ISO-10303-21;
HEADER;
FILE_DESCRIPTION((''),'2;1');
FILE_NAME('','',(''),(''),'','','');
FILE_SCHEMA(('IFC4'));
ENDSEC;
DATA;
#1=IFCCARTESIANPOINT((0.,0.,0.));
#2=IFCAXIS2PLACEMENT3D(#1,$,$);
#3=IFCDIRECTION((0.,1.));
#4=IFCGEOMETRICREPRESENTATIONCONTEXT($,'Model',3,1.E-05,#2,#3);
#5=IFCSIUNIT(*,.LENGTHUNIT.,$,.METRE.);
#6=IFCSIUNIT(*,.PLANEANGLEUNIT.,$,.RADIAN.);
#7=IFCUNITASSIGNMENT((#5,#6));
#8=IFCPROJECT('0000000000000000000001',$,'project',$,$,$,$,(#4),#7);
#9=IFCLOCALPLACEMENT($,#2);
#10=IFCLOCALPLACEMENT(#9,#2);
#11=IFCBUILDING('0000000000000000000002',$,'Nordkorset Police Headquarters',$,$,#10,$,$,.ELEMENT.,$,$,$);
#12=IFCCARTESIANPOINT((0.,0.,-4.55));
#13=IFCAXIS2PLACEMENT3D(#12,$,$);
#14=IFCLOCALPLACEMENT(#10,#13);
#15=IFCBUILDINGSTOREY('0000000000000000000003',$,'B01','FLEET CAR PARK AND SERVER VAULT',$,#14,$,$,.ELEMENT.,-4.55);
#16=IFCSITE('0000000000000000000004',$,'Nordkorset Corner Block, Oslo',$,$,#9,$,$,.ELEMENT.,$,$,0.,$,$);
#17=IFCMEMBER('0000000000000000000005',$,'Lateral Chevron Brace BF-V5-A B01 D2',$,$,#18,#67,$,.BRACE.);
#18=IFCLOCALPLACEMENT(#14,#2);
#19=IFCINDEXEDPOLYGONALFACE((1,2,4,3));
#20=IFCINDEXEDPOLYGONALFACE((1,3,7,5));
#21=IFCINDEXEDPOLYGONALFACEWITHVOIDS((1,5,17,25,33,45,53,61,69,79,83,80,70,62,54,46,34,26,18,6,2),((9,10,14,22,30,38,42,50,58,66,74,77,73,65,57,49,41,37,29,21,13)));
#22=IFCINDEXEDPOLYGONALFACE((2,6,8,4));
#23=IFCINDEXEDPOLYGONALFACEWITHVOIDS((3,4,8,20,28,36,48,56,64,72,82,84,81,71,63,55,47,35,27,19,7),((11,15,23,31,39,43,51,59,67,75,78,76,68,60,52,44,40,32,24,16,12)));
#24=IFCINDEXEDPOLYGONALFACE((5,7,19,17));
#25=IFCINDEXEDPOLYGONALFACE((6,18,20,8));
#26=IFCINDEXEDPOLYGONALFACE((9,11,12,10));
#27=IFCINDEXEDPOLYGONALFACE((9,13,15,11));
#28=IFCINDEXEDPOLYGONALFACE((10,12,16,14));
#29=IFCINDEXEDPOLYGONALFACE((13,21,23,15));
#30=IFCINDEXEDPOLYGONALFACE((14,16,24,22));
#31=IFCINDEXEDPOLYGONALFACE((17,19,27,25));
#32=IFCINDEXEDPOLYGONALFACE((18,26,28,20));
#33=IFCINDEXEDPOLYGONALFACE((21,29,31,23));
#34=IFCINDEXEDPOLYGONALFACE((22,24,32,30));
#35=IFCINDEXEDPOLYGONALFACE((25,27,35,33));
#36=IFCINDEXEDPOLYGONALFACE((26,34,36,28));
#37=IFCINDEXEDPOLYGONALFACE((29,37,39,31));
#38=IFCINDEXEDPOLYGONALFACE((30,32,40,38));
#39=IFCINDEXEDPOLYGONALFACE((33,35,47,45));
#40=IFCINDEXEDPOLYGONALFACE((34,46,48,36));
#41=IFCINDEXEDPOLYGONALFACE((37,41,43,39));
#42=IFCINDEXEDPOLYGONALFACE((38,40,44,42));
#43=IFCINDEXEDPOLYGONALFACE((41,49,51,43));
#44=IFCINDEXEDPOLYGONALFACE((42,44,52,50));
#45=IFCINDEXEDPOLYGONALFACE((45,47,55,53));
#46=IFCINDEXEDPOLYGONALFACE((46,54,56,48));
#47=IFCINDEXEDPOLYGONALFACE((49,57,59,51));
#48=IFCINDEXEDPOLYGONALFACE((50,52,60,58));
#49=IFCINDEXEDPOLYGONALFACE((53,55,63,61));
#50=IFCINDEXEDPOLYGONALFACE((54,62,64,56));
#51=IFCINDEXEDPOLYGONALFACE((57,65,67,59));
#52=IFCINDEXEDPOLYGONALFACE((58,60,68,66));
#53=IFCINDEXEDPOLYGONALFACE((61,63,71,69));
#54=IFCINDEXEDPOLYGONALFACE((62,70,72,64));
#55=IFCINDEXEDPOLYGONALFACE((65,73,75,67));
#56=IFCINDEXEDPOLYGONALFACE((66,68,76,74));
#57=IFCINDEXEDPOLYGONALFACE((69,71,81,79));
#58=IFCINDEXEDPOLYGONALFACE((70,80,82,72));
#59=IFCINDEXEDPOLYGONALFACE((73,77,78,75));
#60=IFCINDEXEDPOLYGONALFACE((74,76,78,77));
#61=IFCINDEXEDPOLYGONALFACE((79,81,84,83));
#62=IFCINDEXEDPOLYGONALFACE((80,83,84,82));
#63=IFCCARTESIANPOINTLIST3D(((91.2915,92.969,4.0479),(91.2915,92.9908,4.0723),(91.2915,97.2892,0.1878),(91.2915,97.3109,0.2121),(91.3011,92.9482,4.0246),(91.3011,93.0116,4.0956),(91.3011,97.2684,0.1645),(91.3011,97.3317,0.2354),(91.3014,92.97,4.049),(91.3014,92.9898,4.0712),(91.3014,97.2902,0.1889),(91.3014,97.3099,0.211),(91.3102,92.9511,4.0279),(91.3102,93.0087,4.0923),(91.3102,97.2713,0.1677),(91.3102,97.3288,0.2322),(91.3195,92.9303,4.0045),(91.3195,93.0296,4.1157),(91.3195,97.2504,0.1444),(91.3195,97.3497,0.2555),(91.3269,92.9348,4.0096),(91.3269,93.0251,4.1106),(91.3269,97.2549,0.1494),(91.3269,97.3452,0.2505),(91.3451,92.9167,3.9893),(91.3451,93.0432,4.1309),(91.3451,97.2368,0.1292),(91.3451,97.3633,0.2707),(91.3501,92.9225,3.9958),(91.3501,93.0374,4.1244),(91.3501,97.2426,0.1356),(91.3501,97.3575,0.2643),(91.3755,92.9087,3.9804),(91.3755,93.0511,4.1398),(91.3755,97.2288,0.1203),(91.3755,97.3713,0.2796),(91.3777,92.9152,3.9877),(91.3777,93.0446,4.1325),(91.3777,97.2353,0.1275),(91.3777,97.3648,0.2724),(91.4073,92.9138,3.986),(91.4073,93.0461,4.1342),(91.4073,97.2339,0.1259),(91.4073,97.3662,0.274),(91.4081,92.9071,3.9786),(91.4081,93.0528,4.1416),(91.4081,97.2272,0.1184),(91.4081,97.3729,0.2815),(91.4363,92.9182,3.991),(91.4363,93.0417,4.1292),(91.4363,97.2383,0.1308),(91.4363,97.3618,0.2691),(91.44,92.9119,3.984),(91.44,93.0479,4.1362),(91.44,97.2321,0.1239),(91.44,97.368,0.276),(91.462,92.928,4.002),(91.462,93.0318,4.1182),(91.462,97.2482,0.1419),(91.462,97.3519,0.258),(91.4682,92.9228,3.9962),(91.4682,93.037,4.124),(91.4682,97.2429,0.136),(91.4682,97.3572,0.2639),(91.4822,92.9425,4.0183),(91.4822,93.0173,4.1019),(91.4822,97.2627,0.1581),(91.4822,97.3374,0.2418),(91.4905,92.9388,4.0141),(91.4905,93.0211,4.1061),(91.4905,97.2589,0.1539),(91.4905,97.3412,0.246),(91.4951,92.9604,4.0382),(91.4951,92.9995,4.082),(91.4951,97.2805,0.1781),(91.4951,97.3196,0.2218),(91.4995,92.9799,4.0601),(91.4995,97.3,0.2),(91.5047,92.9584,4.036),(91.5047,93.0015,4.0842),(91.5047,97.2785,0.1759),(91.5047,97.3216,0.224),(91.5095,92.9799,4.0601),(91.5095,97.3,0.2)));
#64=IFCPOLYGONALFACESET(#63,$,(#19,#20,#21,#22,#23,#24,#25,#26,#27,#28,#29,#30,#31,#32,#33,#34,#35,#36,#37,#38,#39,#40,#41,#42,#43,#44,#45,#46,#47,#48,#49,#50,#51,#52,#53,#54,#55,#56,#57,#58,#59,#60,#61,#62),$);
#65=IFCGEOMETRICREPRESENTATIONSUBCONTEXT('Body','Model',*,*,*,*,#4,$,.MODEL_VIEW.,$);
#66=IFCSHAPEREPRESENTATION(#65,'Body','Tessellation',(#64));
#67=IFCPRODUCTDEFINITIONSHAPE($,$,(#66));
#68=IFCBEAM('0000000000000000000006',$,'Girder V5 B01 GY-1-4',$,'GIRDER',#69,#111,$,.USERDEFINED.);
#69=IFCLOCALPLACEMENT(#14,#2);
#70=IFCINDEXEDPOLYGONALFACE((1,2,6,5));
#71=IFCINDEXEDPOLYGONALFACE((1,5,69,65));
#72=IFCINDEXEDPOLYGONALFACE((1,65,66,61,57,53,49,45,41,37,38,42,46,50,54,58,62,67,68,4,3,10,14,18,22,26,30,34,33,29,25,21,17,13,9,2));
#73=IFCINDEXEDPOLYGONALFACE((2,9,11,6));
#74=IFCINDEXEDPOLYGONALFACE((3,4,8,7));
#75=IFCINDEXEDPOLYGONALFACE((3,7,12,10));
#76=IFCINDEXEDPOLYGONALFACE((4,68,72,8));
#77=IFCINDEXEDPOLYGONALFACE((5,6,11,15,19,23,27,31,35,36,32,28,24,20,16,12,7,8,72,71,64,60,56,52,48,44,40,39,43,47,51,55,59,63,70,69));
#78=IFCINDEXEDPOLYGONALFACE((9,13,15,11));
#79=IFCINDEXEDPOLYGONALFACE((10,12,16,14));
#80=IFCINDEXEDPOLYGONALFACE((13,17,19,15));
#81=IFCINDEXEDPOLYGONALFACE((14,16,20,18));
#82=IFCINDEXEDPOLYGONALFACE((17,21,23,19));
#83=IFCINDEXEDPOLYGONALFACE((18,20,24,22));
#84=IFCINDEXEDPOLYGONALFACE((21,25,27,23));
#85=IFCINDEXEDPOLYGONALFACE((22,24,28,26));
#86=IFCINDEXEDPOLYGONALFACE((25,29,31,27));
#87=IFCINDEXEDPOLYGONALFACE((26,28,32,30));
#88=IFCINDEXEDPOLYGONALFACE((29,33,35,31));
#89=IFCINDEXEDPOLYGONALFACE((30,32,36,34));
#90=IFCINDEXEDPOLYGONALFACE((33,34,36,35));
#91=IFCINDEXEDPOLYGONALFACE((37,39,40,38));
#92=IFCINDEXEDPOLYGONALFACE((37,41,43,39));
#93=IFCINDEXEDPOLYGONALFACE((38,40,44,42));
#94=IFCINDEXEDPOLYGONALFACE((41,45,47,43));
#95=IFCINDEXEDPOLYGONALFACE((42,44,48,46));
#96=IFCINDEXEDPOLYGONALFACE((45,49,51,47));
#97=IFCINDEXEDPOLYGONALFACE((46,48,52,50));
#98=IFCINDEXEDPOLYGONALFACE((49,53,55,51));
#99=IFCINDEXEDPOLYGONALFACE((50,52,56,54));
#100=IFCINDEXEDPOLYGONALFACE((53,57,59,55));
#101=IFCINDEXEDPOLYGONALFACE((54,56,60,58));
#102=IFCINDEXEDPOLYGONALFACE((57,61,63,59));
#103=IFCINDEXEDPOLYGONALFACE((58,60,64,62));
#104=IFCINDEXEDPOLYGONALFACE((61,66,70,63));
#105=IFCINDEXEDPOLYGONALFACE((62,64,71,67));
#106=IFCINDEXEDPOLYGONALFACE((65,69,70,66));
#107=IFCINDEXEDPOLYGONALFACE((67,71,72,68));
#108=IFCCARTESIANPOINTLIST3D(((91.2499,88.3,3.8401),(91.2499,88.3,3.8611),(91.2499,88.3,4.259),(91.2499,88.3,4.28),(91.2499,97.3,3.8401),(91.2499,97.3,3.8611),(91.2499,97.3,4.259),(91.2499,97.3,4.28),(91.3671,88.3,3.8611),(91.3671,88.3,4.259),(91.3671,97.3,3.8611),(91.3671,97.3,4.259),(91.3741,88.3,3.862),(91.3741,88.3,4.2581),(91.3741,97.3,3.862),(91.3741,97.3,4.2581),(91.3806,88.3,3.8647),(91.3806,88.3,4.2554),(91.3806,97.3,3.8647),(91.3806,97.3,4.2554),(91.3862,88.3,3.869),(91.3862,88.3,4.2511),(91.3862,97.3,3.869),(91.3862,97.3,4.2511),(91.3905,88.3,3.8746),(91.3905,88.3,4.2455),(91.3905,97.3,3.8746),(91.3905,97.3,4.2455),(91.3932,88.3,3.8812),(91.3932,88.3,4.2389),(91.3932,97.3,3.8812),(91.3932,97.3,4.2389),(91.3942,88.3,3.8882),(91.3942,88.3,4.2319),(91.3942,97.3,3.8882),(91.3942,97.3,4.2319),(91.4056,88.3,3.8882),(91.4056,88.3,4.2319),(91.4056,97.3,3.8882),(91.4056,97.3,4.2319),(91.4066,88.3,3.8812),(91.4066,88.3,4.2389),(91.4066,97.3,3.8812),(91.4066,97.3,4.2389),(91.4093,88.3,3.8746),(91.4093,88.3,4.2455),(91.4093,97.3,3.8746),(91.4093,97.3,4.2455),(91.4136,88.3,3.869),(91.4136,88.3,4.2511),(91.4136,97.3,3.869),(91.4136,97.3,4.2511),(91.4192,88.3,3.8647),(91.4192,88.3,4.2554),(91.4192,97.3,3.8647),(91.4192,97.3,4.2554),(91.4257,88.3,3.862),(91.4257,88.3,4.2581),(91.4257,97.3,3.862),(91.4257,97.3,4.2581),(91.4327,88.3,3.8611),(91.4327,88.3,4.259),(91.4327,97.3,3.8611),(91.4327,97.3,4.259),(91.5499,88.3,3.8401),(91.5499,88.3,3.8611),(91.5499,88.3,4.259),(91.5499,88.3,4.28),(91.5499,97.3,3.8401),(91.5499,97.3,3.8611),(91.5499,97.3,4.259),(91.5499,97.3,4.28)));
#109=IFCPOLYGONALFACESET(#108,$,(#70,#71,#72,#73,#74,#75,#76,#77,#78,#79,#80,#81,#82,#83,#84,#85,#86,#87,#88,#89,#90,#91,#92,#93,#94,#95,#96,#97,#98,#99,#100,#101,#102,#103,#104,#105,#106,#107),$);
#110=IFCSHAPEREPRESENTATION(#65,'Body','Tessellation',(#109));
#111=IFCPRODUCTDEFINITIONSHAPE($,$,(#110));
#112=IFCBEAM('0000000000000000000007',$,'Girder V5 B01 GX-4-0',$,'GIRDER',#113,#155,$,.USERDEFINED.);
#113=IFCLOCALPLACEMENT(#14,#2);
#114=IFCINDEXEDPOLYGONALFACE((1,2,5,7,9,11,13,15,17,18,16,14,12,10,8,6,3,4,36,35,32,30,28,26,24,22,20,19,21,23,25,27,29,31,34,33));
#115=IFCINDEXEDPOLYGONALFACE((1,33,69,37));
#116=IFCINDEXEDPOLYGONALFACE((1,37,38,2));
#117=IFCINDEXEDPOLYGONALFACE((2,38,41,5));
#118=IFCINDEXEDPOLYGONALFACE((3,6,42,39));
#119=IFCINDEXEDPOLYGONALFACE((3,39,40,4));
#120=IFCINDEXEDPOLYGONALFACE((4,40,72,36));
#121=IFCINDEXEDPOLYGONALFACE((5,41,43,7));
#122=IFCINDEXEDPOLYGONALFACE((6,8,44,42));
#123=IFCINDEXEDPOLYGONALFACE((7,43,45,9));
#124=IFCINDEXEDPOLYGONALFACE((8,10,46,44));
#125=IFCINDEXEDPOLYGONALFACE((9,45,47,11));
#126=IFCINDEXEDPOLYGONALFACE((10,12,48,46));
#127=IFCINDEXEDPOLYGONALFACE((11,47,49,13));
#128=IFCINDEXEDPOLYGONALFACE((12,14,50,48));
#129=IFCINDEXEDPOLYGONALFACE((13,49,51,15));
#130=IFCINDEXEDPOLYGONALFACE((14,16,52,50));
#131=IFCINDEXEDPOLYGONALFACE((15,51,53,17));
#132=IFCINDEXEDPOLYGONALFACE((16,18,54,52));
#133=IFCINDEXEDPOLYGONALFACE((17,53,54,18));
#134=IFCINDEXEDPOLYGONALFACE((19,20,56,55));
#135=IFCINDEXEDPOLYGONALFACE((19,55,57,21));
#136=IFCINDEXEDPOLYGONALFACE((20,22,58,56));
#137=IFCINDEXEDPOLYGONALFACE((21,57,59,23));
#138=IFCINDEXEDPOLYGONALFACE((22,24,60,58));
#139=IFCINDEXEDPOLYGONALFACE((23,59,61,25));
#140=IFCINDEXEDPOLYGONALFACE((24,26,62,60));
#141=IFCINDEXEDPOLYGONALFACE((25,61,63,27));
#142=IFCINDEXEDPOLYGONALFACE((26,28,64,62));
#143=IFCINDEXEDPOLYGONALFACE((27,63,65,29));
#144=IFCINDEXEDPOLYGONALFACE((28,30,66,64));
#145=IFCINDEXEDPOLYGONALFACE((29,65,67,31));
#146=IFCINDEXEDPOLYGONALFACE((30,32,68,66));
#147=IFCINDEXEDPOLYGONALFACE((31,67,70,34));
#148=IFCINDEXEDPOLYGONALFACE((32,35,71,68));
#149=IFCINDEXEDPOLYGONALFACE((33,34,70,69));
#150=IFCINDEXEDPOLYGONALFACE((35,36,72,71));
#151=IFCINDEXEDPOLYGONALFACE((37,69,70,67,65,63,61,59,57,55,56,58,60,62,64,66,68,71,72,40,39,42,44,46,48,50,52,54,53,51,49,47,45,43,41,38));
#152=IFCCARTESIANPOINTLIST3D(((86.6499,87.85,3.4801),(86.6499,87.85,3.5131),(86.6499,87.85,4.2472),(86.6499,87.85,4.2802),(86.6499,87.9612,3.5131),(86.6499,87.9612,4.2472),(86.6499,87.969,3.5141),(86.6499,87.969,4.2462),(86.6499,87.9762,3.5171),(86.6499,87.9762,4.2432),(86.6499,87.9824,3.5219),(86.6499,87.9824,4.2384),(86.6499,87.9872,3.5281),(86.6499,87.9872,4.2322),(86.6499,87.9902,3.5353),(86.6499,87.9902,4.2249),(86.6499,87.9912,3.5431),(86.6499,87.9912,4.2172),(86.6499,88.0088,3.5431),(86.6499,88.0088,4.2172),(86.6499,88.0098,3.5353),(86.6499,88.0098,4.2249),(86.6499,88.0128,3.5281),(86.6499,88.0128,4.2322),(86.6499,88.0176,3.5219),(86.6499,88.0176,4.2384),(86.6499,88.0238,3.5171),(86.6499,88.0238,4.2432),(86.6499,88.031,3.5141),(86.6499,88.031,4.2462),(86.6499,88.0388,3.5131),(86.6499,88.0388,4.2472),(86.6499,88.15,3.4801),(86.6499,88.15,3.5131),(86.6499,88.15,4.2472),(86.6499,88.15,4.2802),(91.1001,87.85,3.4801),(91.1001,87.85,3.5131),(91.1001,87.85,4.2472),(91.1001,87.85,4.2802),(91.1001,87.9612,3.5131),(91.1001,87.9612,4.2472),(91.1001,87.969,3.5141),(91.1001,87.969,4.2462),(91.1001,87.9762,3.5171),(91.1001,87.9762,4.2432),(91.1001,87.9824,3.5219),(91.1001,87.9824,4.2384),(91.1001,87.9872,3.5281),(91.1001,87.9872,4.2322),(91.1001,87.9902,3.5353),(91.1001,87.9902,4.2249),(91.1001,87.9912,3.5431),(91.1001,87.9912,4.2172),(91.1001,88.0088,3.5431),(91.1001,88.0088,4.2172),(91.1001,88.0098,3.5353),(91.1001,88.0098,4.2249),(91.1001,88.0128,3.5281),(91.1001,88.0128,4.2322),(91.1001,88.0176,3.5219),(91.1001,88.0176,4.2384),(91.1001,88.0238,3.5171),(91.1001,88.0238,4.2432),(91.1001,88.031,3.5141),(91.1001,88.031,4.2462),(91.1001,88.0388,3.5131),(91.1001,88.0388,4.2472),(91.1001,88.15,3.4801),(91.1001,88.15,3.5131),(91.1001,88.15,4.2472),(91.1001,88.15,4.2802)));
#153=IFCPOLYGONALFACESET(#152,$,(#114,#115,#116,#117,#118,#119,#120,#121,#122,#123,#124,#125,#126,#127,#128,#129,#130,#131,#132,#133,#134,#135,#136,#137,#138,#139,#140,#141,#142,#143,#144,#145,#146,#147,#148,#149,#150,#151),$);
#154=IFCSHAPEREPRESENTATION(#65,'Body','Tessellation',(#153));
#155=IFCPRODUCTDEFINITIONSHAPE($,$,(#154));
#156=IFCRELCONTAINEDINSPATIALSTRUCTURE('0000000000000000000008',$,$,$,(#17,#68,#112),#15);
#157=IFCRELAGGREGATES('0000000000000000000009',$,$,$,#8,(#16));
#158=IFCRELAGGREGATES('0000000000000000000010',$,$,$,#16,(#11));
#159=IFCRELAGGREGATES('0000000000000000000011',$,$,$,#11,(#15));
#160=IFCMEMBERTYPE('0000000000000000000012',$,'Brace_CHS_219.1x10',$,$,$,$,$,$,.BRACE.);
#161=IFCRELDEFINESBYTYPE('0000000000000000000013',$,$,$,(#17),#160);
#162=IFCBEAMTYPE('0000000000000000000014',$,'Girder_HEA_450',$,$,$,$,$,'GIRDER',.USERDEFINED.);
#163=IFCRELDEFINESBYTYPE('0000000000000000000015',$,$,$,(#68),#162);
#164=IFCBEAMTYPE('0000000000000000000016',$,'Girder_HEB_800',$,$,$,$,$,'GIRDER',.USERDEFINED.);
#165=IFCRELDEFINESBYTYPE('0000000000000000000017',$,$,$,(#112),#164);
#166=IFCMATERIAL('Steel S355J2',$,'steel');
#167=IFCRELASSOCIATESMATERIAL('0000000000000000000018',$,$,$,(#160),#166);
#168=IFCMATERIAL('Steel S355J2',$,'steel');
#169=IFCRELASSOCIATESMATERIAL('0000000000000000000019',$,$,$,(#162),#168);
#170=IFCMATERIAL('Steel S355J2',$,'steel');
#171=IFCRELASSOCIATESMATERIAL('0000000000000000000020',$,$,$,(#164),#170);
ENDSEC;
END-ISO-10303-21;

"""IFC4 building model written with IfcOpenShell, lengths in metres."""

from ifc_helpers import new_model, si_unit, direction, frame, origin, origin_2d, place, context, subcontext, project, spatial, hollow_circle, i_section, extrude, material, material_profile, profile_set, type_object, element, save


model = new_model("IFC4")

# Units and contexts
model_context = context("Model", 3, precision=1e-05, world=origin(), true_north=direction((0.0, 1.0)))
body_context = subcontext(model_context, "Body", "Model", "MODEL_VIEW")
ifc_project = project(units=[si_unit("LENGTHUNIT", "METRE"), si_unit("PLANEANGLEUNIT", "RADIAN")], contexts=[model_context])

# Site, building, storey
site_placement = place(None, origin())
site = spatial("IfcSite", under=ifc_project, at=site_placement, Name="Nordkorset Corner Block, Oslo", CompositionType="ELEMENT", RefElevation=0.0)
building_placement = place(site_placement, origin())
building = spatial("IfcBuilding", under=site, at=building_placement, Name="Nordkorset Police Headquarters", CompositionType="ELEMENT")
storey_placement = place(building_placement, frame((0.0, 0.0, -4.55)))
storey = spatial("IfcBuildingStorey", under=building, at=storey_placement, Name="B01", Description="FLEET CAR PARK AND SERVER VAULT", CompositionType="ELEMENT", Elevation=-4.55)

# Member
ifc_material_1 = material(Name="Steel S355J2", Category="steel")
ifc_material_profile_1 = material_profile(ifc_material_1, hollow_circle(Radius=0.1096, WallThickness=0.01, at=origin_2d()), Name="CHS 219.1x10")
ifc_profile_set_1 = profile_set([ifc_material_profile_1], Name="Steel S355J2")
member_type = type_object("IfcMemberType", Name="Brace_CHS_219.1x10", PredefinedType="BRACE", material=ifc_profile_set_1)
for number, where, z_axis, x_axis, name in (
    (1, (91.3999, 97.3, 0.2), (0.0, -0.745689, 0.666295), (1.0, 0.0, 0.0), "Lateral Chevron Brace BF-V5-A B01 D2"),
):
    element("IfcMember", number, at=place(storey_placement, frame(where, z_axis=z_axis, x_axis=x_axis)), inside=storey, type_object=member_type, Name=name, PredefinedType="BRACE", context=body_context, shape_type="SweptSolid", body=[
        extrude(hollow_circle(Radius=0.1096, WallThickness=0.01, at=origin_2d()), origin(), (0.0, 0.0, 1.0), 5.7935),
    ])

# Beams
ifc_material_2 = material(Name="Steel S355J2", Category="steel")
ifc_material_profile_2 = material_profile(ifc_material_2, i_section(OverallWidth=0.3, OverallDepth=0.4399, WebThickness=0.0115, FlangeThickness=0.021, FilletRadius=0.0271, at=origin_2d()), Name="HEA 450")
ifc_profile_set_2 = profile_set([ifc_material_profile_2], Name="Steel S355J2")
beam_type_1 = type_object("IfcBeamType", Name="Girder_HEA_450", ElementType="GIRDER", PredefinedType="USERDEFINED", material=ifc_profile_set_2)
beam_1_placement = place(storey_placement, frame((91.3999, 88.3, 4.0601), z_axis=(0.0, 1.0, 0.0), x_axis=(-1.0, 0.0, 0.0)))
element("IfcBeam", 2, at=beam_1_placement, inside=storey, type_object=beam_type_1, Name="Girder V5 B01 GY-1-4", ObjectType="GIRDER", PredefinedType="USERDEFINED", context=body_context, shape_type="SweptSolid", body=[
    extrude(i_section(OverallWidth=0.3, OverallDepth=0.4399, WebThickness=0.0115, FlangeThickness=0.021, FilletRadius=0.0271, at=origin_2d()), origin(), (0.0, 0.0, 1.0), 9.0),
])
ifc_material_3 = material(Name="Steel S355J2", Category="steel")
ifc_material_profile_3 = material_profile(ifc_material_3, i_section(OverallWidth=0.3, OverallDepth=0.8, WebThickness=0.0176, FlangeThickness=0.033, FilletRadius=0.03, at=origin_2d()), Name="HEB 800")
ifc_profile_set_3 = profile_set([ifc_material_profile_3], Name="Steel S355J2")
beam_type_2 = type_object("IfcBeamType", Name="Girder_HEB_800", ElementType="GIRDER", PredefinedType="USERDEFINED", material=ifc_profile_set_3)
beam_2_placement = place(storey_placement, frame((86.6499, 88.0, 3.8801), z_axis=(1.0, 0.0, 0.0), x_axis=(0.0, 1.0, 0.0)))
element("IfcBeam", 3, at=beam_2_placement, inside=storey, type_object=beam_type_2, Name="Girder V5 B01 GX-4-0", ObjectType="GIRDER", PredefinedType="USERDEFINED", context=body_context, shape_type="SweptSolid", body=[
    extrude(i_section(OverallWidth=0.3, OverallDepth=0.8, WebThickness=0.0176, FlangeThickness=0.033, FilletRadius=0.03, at=origin_2d()), origin(), (0.0, 0.0, 1.0), 4.4502),
])

save(model, "model.ifc")
